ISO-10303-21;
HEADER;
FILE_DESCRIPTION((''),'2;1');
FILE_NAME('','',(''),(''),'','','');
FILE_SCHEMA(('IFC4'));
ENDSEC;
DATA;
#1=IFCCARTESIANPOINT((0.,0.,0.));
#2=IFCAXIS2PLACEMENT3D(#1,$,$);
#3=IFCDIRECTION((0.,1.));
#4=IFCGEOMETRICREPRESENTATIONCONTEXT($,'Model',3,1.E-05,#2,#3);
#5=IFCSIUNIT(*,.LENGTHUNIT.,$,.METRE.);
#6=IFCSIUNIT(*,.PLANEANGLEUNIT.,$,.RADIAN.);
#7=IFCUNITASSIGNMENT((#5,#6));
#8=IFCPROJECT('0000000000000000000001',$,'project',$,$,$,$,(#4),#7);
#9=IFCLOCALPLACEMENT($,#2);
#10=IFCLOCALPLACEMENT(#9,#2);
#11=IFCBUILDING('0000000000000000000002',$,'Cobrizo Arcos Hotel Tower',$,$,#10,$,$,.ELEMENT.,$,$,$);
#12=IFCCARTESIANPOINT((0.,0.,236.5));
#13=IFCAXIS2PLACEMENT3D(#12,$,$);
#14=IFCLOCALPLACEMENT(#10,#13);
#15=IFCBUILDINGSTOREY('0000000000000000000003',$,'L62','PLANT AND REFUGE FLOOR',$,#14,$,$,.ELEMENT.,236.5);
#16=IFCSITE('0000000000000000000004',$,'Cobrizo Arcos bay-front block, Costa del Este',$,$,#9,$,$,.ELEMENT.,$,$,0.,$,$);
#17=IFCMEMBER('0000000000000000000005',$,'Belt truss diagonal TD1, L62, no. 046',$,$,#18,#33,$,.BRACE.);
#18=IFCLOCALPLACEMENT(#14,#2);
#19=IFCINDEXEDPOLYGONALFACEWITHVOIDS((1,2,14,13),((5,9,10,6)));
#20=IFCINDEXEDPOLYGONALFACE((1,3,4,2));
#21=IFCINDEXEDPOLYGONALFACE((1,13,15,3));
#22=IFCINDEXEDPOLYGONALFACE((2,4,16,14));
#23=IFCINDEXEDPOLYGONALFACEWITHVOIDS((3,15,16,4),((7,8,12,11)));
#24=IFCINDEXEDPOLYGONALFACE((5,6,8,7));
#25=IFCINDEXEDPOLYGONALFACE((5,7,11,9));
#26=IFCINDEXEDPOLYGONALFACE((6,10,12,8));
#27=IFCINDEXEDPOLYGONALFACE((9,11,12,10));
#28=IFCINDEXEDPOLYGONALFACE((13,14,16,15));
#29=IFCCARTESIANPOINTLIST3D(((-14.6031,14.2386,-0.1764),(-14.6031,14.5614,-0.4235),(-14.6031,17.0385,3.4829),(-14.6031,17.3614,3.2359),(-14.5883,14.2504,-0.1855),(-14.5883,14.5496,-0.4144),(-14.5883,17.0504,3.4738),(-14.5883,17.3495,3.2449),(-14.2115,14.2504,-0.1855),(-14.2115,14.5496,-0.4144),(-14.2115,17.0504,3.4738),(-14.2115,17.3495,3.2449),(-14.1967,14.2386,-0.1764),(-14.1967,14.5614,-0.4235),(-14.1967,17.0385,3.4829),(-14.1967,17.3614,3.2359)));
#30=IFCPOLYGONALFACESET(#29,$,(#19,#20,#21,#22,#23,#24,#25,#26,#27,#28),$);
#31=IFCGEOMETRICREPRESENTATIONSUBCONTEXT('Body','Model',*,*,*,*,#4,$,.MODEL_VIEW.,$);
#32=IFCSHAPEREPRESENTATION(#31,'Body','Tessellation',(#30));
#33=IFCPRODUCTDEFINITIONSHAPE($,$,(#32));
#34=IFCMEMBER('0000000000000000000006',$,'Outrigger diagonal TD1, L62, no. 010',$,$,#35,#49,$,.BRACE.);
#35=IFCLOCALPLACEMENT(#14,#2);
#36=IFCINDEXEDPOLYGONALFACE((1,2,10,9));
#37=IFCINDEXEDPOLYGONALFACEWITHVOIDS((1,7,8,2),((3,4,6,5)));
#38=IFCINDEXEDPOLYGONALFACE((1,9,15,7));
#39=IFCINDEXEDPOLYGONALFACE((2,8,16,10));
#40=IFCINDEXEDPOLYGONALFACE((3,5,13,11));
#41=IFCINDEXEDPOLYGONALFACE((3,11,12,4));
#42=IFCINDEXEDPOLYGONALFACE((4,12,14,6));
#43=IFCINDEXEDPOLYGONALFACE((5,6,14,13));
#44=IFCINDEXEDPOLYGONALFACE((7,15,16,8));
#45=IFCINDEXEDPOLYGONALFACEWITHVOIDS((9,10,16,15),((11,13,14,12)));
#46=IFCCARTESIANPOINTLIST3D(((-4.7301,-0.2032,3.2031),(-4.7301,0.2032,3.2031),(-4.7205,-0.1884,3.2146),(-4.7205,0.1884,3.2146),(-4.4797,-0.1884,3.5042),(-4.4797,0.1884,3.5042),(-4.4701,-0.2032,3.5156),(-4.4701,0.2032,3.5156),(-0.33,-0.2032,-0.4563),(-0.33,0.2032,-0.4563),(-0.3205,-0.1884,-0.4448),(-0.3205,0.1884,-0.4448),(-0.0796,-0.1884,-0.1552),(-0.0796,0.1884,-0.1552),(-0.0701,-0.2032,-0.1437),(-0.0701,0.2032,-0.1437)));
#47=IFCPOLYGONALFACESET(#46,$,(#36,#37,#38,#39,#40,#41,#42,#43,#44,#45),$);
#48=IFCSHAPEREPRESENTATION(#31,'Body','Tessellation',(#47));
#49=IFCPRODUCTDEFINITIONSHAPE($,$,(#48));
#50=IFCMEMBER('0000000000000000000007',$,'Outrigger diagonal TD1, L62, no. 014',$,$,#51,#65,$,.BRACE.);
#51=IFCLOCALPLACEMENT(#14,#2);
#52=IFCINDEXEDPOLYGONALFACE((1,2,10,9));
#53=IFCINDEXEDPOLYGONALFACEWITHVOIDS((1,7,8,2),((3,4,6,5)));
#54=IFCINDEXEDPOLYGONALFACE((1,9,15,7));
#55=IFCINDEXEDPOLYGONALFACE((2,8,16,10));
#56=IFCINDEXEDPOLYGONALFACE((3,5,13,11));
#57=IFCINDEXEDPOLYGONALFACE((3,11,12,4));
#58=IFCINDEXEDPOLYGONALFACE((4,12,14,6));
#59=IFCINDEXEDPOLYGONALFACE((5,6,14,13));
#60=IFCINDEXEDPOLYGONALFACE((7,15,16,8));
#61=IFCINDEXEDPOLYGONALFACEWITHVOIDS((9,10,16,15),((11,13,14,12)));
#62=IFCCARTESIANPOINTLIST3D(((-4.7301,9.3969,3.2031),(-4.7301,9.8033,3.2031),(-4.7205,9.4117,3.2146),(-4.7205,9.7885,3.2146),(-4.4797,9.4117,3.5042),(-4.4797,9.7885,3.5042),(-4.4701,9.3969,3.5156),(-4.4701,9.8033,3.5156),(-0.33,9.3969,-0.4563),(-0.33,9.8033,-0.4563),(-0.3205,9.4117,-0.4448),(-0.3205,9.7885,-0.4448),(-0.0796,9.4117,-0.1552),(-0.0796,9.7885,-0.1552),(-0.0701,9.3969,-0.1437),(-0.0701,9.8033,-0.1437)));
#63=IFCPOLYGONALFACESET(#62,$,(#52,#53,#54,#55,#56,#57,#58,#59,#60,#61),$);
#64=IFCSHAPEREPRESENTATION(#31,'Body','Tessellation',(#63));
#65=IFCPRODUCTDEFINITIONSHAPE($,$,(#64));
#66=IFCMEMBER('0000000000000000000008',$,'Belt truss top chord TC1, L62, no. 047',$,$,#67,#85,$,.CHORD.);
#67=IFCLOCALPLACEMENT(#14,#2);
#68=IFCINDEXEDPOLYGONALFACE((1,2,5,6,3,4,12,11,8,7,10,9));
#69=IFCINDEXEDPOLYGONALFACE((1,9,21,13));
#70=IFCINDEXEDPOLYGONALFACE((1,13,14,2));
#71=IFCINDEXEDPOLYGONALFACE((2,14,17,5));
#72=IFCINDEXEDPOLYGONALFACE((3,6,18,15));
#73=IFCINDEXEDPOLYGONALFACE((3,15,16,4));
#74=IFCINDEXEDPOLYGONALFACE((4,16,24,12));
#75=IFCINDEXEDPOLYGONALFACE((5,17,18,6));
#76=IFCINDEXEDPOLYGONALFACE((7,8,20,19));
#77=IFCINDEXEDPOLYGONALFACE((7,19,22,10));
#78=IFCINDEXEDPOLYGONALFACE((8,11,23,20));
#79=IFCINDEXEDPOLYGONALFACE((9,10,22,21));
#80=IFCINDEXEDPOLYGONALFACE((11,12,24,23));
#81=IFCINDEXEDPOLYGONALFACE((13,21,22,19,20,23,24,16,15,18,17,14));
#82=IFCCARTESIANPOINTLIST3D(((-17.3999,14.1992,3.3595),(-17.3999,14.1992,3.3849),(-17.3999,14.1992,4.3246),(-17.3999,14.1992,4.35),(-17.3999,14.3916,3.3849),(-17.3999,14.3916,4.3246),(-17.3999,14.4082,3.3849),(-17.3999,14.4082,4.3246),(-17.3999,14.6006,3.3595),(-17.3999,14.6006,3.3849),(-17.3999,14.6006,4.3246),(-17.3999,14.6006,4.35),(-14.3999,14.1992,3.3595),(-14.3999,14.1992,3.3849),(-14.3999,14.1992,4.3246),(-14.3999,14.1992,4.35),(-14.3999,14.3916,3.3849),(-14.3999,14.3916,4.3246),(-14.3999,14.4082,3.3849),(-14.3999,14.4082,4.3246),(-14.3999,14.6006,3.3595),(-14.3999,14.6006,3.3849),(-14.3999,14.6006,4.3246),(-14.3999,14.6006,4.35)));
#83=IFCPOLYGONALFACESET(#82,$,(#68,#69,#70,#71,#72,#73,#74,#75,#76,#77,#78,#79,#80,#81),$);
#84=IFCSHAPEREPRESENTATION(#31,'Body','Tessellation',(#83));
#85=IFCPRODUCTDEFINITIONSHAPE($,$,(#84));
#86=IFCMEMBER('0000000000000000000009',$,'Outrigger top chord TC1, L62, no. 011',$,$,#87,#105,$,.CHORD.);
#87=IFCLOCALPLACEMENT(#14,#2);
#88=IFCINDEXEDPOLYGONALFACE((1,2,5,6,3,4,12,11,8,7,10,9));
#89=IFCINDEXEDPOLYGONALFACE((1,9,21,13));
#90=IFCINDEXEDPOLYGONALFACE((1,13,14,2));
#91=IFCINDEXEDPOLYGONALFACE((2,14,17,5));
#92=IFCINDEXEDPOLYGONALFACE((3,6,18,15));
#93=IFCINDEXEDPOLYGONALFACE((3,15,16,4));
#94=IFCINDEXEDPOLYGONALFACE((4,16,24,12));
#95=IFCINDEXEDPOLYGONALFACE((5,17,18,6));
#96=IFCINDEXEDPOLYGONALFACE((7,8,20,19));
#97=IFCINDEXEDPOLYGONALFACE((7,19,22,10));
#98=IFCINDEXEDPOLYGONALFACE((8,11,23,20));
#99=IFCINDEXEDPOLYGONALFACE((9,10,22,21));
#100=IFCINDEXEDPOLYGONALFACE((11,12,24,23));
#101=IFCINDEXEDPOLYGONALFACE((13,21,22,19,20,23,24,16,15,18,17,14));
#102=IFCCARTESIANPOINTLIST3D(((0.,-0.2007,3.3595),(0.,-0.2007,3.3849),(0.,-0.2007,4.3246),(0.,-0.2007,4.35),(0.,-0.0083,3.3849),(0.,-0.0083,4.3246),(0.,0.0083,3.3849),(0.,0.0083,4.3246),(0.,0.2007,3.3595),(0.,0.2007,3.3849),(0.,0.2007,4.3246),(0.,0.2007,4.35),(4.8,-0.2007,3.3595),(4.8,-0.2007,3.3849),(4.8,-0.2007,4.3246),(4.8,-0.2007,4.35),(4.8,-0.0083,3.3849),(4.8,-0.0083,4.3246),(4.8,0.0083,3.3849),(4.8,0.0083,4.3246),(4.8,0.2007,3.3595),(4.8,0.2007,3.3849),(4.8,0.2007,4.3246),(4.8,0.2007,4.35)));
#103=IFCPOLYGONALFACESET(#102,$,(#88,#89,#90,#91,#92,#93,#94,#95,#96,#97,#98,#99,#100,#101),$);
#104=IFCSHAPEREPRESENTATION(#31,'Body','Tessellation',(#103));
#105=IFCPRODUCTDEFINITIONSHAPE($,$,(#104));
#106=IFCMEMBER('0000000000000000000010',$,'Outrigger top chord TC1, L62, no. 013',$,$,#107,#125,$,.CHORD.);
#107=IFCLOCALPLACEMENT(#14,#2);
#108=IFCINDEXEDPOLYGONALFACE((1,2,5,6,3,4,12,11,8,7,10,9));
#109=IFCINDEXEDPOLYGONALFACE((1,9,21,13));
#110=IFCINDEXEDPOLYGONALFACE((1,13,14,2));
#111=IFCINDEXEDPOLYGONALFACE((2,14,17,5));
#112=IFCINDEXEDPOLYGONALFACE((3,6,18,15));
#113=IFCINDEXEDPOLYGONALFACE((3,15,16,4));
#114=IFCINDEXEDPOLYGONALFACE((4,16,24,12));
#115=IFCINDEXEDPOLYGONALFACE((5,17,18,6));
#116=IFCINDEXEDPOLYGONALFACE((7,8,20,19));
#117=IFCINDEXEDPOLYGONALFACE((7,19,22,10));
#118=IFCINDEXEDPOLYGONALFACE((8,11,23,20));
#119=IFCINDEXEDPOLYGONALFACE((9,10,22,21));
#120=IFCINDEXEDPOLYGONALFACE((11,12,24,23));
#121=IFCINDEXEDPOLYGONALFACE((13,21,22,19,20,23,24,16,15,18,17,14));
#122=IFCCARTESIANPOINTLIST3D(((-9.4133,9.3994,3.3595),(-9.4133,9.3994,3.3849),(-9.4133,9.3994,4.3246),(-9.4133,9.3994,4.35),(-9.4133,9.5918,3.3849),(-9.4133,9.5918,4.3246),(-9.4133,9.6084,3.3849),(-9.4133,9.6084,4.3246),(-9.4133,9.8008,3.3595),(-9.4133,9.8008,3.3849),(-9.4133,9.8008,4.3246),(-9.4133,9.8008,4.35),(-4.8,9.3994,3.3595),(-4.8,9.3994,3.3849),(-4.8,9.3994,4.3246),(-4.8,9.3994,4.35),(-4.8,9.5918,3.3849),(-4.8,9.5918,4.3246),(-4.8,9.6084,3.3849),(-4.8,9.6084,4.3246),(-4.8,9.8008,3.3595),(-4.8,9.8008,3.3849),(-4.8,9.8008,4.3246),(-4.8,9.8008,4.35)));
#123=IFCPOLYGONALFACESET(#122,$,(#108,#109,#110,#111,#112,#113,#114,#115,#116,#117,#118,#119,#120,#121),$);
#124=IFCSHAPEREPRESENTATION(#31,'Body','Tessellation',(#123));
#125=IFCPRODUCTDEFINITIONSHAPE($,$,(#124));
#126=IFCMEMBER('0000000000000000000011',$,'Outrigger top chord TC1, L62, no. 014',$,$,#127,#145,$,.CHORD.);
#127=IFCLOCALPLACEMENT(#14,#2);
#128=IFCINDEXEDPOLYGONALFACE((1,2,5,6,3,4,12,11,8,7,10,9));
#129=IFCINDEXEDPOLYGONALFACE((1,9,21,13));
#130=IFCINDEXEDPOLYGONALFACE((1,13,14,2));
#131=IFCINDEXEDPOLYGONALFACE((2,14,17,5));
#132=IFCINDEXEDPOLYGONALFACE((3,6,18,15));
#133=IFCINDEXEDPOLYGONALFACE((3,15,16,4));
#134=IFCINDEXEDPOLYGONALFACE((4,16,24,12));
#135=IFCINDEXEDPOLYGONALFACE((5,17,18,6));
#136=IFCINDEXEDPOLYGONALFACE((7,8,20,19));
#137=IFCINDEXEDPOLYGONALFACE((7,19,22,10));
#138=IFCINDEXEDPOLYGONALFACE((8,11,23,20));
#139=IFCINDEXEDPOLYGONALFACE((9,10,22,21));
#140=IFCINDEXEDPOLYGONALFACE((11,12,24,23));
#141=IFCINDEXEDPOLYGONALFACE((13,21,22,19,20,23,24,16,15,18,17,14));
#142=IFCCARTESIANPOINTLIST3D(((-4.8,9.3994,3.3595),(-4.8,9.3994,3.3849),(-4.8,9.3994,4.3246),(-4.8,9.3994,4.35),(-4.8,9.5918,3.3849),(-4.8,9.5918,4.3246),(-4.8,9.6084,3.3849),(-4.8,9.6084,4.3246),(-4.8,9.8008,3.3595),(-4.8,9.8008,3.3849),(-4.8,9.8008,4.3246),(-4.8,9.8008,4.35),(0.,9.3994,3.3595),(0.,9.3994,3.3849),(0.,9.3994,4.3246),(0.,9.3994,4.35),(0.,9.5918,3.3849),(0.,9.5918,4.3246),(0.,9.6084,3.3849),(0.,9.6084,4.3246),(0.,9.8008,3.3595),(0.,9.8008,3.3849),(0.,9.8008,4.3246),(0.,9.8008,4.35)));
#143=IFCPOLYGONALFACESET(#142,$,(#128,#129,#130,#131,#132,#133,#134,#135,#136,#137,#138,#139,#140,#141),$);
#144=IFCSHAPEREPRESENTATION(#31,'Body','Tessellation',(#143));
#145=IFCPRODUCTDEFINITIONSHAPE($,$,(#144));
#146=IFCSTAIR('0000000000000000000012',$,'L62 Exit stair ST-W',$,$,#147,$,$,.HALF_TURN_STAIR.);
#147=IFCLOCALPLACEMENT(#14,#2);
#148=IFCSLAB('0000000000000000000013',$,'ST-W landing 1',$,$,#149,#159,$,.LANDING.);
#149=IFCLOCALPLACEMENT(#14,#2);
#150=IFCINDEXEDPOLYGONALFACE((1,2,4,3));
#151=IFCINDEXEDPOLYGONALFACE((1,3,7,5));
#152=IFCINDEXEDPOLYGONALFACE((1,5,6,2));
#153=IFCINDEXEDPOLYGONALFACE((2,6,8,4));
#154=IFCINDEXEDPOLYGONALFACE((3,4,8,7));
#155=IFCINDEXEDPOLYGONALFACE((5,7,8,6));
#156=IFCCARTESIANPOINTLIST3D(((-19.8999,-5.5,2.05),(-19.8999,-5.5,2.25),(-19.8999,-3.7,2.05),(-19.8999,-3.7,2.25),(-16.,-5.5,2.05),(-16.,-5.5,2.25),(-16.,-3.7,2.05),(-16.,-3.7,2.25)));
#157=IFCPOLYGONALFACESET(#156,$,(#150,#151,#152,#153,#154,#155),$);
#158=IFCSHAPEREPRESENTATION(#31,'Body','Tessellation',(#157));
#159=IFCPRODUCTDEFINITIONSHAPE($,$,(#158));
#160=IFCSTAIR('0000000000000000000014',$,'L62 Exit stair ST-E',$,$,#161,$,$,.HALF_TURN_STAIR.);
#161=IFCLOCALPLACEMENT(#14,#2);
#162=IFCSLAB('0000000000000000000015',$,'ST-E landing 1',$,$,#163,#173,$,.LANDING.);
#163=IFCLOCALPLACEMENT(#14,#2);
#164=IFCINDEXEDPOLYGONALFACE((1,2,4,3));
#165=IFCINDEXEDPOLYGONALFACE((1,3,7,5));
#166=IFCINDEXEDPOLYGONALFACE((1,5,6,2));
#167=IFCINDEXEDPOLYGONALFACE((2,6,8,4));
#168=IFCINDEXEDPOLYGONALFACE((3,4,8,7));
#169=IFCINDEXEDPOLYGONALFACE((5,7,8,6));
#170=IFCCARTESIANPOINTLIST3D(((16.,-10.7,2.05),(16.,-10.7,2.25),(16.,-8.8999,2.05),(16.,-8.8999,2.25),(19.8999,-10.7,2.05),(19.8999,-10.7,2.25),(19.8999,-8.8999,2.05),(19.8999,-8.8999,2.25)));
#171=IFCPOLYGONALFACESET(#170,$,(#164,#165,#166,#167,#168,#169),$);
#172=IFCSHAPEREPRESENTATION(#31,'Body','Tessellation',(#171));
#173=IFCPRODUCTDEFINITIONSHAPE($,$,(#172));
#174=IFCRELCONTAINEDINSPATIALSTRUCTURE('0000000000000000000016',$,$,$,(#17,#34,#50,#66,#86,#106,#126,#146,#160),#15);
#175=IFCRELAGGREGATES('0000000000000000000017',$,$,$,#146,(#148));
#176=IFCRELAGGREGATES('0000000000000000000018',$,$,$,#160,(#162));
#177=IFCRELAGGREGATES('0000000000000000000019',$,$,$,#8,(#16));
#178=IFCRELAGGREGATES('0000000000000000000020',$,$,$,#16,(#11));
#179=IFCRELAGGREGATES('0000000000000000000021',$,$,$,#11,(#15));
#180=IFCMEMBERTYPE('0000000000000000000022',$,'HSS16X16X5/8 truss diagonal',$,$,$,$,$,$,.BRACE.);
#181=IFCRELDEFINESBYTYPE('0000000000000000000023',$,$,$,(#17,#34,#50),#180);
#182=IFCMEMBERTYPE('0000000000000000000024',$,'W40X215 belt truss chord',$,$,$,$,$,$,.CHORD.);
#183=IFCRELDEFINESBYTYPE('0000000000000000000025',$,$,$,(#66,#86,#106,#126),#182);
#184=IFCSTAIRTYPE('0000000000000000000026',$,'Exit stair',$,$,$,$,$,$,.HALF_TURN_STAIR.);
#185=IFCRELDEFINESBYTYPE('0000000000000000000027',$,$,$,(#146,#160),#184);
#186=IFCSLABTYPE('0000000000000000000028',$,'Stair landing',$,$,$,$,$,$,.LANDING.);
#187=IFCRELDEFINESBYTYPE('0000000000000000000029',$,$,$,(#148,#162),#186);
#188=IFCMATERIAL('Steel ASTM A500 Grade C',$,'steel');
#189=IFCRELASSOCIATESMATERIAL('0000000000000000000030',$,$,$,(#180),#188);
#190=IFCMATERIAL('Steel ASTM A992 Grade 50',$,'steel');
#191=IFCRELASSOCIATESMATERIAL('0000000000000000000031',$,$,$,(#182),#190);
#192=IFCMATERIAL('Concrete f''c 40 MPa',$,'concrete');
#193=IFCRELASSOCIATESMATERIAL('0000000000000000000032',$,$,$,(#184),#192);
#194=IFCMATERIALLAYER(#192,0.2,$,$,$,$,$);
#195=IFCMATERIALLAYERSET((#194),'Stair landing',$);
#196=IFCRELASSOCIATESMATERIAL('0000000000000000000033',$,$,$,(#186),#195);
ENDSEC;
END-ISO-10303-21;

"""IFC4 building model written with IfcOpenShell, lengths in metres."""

from ifc_helpers import new_model, si_unit, direction, frame, origin, origin_2d, place, context, subcontext, project, spatial, polyline, hollow_rectangle, i_section, outline, extrude, material, layer, layer_set, material_profile, profile_set, type_object, element, aggregate, save


model = new_model("IFC4")

# Units and contexts
model_context = context("Model", 3, precision=1e-05, world=origin(), true_north=direction((0.0, 1.0)))
body_context = subcontext(model_context, "Body", "Model", "MODEL_VIEW")
ifc_project = project(units=[si_unit("LENGTHUNIT", "METRE"), si_unit("PLANEANGLEUNIT", "RADIAN")], contexts=[model_context])

# Site, building, storey
site_placement = place(None, origin())
site = spatial("IfcSite", under=ifc_project, at=site_placement, Name="Cobrizo Arcos bay-front block, Costa del Este", CompositionType="ELEMENT", RefElevation=0.0)
building_placement = place(site_placement, origin())
building = spatial("IfcBuilding", under=site, at=building_placement, Name="Cobrizo Arcos Hotel Tower", CompositionType="ELEMENT")
storey_placement = place(building_placement, frame((0.0, 0.0, 236.5)))
storey = spatial("IfcBuildingStorey", under=building, at=storey_placement, Name="L62", Description="PLANT AND REFUGE FLOOR", CompositionType="ELEMENT", Elevation=236.5)

# Members
ifc_material_1 = material(Name="Steel ASTM A500 Grade C", Category="steel")
ifc_material_profile_1 = material_profile(ifc_material_1, hollow_rectangle(XDim=0.4065, YDim=0.4065, WallThickness=0.0149, at=origin_2d()), Name="HSS16X16X5/8")
ifc_profile_set_1 = profile_set([ifc_material_profile_1], Name="Steel ASTM A500 Grade C")
member_type_1 = type_object("IfcMemberType", Name="HSS16X16X5/8 truss diagonal", PredefinedType="BRACE", material=ifc_profile_set_1)
member_1_placement = place(storey_placement, frame((-14.3999, 17.2, 3.3594), z_axis=(0.0, -0.607678, -0.794183), x_axis=(1.0, 0.0, 0.0)))
element("IfcMember", 1, at=member_1_placement, inside=storey, type_object=member_type_1, Name="Belt truss diagonal TD1, L62, no. 046", PredefinedType="BRACE", context=body_context, shape_type="SweptSolid", body=[
    extrude(hollow_rectangle(XDim=0.4065, YDim=0.4065, WallThickness=0.0149, at=origin_2d()), origin(), (0.0, 0.0, 1.0), 4.6077),
])
for number, where, z_axis, x_axis, name in (
    (2, (-4.6001, 0.0, 3.3594), (0.768854, 0.0, -0.639425), (0.0, 1.0, 0.0), "Outrigger diagonal TD1, L62, no. 010"),
    (3, (-4.6001, 9.6001, 3.3594), (0.768854, 0.0, -0.639425), (0.0, 1.0, 0.0), "Outrigger diagonal TD1, L62, no. 014"),
):
    element("IfcMember", number, at=place(storey_placement, frame(where, z_axis=z_axis, x_axis=x_axis)), inside=storey, type_object=member_type_1, Name=name, PredefinedType="BRACE", context=body_context, shape_type="SweptSolid", body=[
        extrude(hollow_rectangle(XDim=0.4065, YDim=0.4065, WallThickness=0.0149, at=origin_2d()), origin(), (0.0, 0.0, 1.0), 5.7229),
    ])
ifc_material_2 = material(Name="Steel ASTM A992 Grade 50", Category="steel")
ifc_material_profile_2 = material_profile(ifc_material_2, i_section(OverallWidth=0.4014, OverallDepth=0.9905, WebThickness=0.0166, FlangeThickness=0.0254, at=origin_2d()), Name="W40X215")
ifc_profile_set_2 = profile_set([ifc_material_profile_2], Name="Steel ASTM A992 Grade 50")
member_type_2 = type_object("IfcMemberType", Name="W40X215 belt truss chord", PredefinedType="CHORD", material=ifc_profile_set_2)
member_2_placement = place(storey_placement, frame((-14.3999, 14.3999, 3.8547), z_axis=(-1.0, 0.0, 0.0), x_axis=(0.0, -1.0, 0.0)))
element("IfcMember", 4, at=member_2_placement, inside=storey, type_object=member_type_2, Name="Belt truss top chord TC1, L62, no. 047", PredefinedType="CHORD", context=body_context, shape_type="SweptSolid", body=[
    extrude(i_section(OverallWidth=0.4014, OverallDepth=0.9905, WebThickness=0.0166, FlangeThickness=0.0254, at=origin_2d()), origin(), (0.0, 0.0, 1.0), 3.0),
])
member_3_placement = place(storey_placement, frame((0.0, 0.0, 3.8547), z_axis=(1.0, 0.0, 0.0), x_axis=(0.0, 1.0, 0.0)))
element("IfcMember", 5, at=member_3_placement, inside=storey, type_object=member_type_2, Name="Outrigger top chord TC1, L62, no. 011", PredefinedType="CHORD", context=body_context, shape_type="SweptSolid", body=[
    extrude(i_section(OverallWidth=0.4014, OverallDepth=0.9905, WebThickness=0.0166, FlangeThickness=0.0254, at=origin_2d()), origin(), (0.0, 0.0, 1.0), 4.8),
])
member_4_placement = place(storey_placement, frame((-9.4133, 9.6001, 3.8547), z_axis=(1.0, 0.0, 0.0), x_axis=(0.0, 1.0, 0.0)))
element("IfcMember", 6, at=member_4_placement, inside=storey, type_object=member_type_2, Name="Outrigger top chord TC1, L62, no. 013", PredefinedType="CHORD", context=body_context, shape_type="SweptSolid", body=[
    extrude(i_section(OverallWidth=0.4014, OverallDepth=0.9905, WebThickness=0.0166, FlangeThickness=0.0254, at=origin_2d()), origin(), (0.0, 0.0, 1.0), 4.6133),
])
member_5_placement = place(storey_placement, frame((-4.8, 9.6001, 3.8547), z_axis=(1.0, 0.0, 0.0), x_axis=(0.0, 1.0, 0.0)))
element("IfcMember", 7, at=member_5_placement, inside=storey, type_object=member_type_2, Name="Outrigger top chord TC1, L62, no. 014", PredefinedType="CHORD", context=body_context, shape_type="SweptSolid", body=[
    extrude(i_section(OverallWidth=0.4014, OverallDepth=0.9905, WebThickness=0.0166, FlangeThickness=0.0254, at=origin_2d()), origin(), (0.0, 0.0, 1.0), 4.8),
])

# Stairs, slabs
ifc_material_3 = material(Name="Concrete f'c 40 MPa", Category="concrete")
stair_type = type_object("IfcStairType", Name="Exit stair", PredefinedType="HALF_TURN_STAIR", material=ifc_material_3)
stair_1_placement = place(storey_placement, origin())
stair_1 = element("IfcStair", 8, at=stair_1_placement, inside=storey, type_object=stair_type, Name="L62 Exit stair ST-W", PredefinedType="HALF_TURN_STAIR")
ifc_layer_1 = layer(ifc_material_3, 0.2)
ifc_layer_set_1 = layer_set([ifc_layer_1], Name="Stair landing")
slab_type = type_object("IfcSlabType", Name="Stair landing", PredefinedType="LANDING", material=ifc_layer_set_1)
slab_1_placement = place(storey_placement, frame((0.0, 0.0, 2.05)))
slab_1 = element("IfcSlab", 9, at=slab_1_placement, type_object=slab_type, Name="ST-W landing 1", PredefinedType="LANDING", context=body_context, shape_type="SweptSolid", body=[
    extrude(outline(polyline([(-16.0, -5.5), (-16.0, -3.7), (-19.8999, -3.7), (-19.8999, -5.5), (-16.0, -5.5)])), origin(), (0.0, 0.0, 1.0), 0.2),
])
aggregate(stair_1, [slab_1])
stair_2_placement = place(storey_placement, origin())
stair_2 = element("IfcStair", 10, at=stair_2_placement, inside=storey, type_object=stair_type, Name="L62 Exit stair ST-E", PredefinedType="HALF_TURN_STAIR")
slab_2_placement = place(storey_placement, frame((0.0, 0.0, 2.05)))
slab_2 = element("IfcSlab", 11, at=slab_2_placement, type_object=slab_type, Name="ST-E landing 1", PredefinedType="LANDING", context=body_context, shape_type="SweptSolid", body=[
    extrude(outline(polyline([(16.0, -8.8999), (16.0, -10.7), (19.8999, -10.7), (19.8999, -8.8999), (16.0, -8.8999)])), origin(), (0.0, 0.0, 1.0), 0.2),
])
aggregate(stair_2, [slab_2])

save(model, "model.ifc")
